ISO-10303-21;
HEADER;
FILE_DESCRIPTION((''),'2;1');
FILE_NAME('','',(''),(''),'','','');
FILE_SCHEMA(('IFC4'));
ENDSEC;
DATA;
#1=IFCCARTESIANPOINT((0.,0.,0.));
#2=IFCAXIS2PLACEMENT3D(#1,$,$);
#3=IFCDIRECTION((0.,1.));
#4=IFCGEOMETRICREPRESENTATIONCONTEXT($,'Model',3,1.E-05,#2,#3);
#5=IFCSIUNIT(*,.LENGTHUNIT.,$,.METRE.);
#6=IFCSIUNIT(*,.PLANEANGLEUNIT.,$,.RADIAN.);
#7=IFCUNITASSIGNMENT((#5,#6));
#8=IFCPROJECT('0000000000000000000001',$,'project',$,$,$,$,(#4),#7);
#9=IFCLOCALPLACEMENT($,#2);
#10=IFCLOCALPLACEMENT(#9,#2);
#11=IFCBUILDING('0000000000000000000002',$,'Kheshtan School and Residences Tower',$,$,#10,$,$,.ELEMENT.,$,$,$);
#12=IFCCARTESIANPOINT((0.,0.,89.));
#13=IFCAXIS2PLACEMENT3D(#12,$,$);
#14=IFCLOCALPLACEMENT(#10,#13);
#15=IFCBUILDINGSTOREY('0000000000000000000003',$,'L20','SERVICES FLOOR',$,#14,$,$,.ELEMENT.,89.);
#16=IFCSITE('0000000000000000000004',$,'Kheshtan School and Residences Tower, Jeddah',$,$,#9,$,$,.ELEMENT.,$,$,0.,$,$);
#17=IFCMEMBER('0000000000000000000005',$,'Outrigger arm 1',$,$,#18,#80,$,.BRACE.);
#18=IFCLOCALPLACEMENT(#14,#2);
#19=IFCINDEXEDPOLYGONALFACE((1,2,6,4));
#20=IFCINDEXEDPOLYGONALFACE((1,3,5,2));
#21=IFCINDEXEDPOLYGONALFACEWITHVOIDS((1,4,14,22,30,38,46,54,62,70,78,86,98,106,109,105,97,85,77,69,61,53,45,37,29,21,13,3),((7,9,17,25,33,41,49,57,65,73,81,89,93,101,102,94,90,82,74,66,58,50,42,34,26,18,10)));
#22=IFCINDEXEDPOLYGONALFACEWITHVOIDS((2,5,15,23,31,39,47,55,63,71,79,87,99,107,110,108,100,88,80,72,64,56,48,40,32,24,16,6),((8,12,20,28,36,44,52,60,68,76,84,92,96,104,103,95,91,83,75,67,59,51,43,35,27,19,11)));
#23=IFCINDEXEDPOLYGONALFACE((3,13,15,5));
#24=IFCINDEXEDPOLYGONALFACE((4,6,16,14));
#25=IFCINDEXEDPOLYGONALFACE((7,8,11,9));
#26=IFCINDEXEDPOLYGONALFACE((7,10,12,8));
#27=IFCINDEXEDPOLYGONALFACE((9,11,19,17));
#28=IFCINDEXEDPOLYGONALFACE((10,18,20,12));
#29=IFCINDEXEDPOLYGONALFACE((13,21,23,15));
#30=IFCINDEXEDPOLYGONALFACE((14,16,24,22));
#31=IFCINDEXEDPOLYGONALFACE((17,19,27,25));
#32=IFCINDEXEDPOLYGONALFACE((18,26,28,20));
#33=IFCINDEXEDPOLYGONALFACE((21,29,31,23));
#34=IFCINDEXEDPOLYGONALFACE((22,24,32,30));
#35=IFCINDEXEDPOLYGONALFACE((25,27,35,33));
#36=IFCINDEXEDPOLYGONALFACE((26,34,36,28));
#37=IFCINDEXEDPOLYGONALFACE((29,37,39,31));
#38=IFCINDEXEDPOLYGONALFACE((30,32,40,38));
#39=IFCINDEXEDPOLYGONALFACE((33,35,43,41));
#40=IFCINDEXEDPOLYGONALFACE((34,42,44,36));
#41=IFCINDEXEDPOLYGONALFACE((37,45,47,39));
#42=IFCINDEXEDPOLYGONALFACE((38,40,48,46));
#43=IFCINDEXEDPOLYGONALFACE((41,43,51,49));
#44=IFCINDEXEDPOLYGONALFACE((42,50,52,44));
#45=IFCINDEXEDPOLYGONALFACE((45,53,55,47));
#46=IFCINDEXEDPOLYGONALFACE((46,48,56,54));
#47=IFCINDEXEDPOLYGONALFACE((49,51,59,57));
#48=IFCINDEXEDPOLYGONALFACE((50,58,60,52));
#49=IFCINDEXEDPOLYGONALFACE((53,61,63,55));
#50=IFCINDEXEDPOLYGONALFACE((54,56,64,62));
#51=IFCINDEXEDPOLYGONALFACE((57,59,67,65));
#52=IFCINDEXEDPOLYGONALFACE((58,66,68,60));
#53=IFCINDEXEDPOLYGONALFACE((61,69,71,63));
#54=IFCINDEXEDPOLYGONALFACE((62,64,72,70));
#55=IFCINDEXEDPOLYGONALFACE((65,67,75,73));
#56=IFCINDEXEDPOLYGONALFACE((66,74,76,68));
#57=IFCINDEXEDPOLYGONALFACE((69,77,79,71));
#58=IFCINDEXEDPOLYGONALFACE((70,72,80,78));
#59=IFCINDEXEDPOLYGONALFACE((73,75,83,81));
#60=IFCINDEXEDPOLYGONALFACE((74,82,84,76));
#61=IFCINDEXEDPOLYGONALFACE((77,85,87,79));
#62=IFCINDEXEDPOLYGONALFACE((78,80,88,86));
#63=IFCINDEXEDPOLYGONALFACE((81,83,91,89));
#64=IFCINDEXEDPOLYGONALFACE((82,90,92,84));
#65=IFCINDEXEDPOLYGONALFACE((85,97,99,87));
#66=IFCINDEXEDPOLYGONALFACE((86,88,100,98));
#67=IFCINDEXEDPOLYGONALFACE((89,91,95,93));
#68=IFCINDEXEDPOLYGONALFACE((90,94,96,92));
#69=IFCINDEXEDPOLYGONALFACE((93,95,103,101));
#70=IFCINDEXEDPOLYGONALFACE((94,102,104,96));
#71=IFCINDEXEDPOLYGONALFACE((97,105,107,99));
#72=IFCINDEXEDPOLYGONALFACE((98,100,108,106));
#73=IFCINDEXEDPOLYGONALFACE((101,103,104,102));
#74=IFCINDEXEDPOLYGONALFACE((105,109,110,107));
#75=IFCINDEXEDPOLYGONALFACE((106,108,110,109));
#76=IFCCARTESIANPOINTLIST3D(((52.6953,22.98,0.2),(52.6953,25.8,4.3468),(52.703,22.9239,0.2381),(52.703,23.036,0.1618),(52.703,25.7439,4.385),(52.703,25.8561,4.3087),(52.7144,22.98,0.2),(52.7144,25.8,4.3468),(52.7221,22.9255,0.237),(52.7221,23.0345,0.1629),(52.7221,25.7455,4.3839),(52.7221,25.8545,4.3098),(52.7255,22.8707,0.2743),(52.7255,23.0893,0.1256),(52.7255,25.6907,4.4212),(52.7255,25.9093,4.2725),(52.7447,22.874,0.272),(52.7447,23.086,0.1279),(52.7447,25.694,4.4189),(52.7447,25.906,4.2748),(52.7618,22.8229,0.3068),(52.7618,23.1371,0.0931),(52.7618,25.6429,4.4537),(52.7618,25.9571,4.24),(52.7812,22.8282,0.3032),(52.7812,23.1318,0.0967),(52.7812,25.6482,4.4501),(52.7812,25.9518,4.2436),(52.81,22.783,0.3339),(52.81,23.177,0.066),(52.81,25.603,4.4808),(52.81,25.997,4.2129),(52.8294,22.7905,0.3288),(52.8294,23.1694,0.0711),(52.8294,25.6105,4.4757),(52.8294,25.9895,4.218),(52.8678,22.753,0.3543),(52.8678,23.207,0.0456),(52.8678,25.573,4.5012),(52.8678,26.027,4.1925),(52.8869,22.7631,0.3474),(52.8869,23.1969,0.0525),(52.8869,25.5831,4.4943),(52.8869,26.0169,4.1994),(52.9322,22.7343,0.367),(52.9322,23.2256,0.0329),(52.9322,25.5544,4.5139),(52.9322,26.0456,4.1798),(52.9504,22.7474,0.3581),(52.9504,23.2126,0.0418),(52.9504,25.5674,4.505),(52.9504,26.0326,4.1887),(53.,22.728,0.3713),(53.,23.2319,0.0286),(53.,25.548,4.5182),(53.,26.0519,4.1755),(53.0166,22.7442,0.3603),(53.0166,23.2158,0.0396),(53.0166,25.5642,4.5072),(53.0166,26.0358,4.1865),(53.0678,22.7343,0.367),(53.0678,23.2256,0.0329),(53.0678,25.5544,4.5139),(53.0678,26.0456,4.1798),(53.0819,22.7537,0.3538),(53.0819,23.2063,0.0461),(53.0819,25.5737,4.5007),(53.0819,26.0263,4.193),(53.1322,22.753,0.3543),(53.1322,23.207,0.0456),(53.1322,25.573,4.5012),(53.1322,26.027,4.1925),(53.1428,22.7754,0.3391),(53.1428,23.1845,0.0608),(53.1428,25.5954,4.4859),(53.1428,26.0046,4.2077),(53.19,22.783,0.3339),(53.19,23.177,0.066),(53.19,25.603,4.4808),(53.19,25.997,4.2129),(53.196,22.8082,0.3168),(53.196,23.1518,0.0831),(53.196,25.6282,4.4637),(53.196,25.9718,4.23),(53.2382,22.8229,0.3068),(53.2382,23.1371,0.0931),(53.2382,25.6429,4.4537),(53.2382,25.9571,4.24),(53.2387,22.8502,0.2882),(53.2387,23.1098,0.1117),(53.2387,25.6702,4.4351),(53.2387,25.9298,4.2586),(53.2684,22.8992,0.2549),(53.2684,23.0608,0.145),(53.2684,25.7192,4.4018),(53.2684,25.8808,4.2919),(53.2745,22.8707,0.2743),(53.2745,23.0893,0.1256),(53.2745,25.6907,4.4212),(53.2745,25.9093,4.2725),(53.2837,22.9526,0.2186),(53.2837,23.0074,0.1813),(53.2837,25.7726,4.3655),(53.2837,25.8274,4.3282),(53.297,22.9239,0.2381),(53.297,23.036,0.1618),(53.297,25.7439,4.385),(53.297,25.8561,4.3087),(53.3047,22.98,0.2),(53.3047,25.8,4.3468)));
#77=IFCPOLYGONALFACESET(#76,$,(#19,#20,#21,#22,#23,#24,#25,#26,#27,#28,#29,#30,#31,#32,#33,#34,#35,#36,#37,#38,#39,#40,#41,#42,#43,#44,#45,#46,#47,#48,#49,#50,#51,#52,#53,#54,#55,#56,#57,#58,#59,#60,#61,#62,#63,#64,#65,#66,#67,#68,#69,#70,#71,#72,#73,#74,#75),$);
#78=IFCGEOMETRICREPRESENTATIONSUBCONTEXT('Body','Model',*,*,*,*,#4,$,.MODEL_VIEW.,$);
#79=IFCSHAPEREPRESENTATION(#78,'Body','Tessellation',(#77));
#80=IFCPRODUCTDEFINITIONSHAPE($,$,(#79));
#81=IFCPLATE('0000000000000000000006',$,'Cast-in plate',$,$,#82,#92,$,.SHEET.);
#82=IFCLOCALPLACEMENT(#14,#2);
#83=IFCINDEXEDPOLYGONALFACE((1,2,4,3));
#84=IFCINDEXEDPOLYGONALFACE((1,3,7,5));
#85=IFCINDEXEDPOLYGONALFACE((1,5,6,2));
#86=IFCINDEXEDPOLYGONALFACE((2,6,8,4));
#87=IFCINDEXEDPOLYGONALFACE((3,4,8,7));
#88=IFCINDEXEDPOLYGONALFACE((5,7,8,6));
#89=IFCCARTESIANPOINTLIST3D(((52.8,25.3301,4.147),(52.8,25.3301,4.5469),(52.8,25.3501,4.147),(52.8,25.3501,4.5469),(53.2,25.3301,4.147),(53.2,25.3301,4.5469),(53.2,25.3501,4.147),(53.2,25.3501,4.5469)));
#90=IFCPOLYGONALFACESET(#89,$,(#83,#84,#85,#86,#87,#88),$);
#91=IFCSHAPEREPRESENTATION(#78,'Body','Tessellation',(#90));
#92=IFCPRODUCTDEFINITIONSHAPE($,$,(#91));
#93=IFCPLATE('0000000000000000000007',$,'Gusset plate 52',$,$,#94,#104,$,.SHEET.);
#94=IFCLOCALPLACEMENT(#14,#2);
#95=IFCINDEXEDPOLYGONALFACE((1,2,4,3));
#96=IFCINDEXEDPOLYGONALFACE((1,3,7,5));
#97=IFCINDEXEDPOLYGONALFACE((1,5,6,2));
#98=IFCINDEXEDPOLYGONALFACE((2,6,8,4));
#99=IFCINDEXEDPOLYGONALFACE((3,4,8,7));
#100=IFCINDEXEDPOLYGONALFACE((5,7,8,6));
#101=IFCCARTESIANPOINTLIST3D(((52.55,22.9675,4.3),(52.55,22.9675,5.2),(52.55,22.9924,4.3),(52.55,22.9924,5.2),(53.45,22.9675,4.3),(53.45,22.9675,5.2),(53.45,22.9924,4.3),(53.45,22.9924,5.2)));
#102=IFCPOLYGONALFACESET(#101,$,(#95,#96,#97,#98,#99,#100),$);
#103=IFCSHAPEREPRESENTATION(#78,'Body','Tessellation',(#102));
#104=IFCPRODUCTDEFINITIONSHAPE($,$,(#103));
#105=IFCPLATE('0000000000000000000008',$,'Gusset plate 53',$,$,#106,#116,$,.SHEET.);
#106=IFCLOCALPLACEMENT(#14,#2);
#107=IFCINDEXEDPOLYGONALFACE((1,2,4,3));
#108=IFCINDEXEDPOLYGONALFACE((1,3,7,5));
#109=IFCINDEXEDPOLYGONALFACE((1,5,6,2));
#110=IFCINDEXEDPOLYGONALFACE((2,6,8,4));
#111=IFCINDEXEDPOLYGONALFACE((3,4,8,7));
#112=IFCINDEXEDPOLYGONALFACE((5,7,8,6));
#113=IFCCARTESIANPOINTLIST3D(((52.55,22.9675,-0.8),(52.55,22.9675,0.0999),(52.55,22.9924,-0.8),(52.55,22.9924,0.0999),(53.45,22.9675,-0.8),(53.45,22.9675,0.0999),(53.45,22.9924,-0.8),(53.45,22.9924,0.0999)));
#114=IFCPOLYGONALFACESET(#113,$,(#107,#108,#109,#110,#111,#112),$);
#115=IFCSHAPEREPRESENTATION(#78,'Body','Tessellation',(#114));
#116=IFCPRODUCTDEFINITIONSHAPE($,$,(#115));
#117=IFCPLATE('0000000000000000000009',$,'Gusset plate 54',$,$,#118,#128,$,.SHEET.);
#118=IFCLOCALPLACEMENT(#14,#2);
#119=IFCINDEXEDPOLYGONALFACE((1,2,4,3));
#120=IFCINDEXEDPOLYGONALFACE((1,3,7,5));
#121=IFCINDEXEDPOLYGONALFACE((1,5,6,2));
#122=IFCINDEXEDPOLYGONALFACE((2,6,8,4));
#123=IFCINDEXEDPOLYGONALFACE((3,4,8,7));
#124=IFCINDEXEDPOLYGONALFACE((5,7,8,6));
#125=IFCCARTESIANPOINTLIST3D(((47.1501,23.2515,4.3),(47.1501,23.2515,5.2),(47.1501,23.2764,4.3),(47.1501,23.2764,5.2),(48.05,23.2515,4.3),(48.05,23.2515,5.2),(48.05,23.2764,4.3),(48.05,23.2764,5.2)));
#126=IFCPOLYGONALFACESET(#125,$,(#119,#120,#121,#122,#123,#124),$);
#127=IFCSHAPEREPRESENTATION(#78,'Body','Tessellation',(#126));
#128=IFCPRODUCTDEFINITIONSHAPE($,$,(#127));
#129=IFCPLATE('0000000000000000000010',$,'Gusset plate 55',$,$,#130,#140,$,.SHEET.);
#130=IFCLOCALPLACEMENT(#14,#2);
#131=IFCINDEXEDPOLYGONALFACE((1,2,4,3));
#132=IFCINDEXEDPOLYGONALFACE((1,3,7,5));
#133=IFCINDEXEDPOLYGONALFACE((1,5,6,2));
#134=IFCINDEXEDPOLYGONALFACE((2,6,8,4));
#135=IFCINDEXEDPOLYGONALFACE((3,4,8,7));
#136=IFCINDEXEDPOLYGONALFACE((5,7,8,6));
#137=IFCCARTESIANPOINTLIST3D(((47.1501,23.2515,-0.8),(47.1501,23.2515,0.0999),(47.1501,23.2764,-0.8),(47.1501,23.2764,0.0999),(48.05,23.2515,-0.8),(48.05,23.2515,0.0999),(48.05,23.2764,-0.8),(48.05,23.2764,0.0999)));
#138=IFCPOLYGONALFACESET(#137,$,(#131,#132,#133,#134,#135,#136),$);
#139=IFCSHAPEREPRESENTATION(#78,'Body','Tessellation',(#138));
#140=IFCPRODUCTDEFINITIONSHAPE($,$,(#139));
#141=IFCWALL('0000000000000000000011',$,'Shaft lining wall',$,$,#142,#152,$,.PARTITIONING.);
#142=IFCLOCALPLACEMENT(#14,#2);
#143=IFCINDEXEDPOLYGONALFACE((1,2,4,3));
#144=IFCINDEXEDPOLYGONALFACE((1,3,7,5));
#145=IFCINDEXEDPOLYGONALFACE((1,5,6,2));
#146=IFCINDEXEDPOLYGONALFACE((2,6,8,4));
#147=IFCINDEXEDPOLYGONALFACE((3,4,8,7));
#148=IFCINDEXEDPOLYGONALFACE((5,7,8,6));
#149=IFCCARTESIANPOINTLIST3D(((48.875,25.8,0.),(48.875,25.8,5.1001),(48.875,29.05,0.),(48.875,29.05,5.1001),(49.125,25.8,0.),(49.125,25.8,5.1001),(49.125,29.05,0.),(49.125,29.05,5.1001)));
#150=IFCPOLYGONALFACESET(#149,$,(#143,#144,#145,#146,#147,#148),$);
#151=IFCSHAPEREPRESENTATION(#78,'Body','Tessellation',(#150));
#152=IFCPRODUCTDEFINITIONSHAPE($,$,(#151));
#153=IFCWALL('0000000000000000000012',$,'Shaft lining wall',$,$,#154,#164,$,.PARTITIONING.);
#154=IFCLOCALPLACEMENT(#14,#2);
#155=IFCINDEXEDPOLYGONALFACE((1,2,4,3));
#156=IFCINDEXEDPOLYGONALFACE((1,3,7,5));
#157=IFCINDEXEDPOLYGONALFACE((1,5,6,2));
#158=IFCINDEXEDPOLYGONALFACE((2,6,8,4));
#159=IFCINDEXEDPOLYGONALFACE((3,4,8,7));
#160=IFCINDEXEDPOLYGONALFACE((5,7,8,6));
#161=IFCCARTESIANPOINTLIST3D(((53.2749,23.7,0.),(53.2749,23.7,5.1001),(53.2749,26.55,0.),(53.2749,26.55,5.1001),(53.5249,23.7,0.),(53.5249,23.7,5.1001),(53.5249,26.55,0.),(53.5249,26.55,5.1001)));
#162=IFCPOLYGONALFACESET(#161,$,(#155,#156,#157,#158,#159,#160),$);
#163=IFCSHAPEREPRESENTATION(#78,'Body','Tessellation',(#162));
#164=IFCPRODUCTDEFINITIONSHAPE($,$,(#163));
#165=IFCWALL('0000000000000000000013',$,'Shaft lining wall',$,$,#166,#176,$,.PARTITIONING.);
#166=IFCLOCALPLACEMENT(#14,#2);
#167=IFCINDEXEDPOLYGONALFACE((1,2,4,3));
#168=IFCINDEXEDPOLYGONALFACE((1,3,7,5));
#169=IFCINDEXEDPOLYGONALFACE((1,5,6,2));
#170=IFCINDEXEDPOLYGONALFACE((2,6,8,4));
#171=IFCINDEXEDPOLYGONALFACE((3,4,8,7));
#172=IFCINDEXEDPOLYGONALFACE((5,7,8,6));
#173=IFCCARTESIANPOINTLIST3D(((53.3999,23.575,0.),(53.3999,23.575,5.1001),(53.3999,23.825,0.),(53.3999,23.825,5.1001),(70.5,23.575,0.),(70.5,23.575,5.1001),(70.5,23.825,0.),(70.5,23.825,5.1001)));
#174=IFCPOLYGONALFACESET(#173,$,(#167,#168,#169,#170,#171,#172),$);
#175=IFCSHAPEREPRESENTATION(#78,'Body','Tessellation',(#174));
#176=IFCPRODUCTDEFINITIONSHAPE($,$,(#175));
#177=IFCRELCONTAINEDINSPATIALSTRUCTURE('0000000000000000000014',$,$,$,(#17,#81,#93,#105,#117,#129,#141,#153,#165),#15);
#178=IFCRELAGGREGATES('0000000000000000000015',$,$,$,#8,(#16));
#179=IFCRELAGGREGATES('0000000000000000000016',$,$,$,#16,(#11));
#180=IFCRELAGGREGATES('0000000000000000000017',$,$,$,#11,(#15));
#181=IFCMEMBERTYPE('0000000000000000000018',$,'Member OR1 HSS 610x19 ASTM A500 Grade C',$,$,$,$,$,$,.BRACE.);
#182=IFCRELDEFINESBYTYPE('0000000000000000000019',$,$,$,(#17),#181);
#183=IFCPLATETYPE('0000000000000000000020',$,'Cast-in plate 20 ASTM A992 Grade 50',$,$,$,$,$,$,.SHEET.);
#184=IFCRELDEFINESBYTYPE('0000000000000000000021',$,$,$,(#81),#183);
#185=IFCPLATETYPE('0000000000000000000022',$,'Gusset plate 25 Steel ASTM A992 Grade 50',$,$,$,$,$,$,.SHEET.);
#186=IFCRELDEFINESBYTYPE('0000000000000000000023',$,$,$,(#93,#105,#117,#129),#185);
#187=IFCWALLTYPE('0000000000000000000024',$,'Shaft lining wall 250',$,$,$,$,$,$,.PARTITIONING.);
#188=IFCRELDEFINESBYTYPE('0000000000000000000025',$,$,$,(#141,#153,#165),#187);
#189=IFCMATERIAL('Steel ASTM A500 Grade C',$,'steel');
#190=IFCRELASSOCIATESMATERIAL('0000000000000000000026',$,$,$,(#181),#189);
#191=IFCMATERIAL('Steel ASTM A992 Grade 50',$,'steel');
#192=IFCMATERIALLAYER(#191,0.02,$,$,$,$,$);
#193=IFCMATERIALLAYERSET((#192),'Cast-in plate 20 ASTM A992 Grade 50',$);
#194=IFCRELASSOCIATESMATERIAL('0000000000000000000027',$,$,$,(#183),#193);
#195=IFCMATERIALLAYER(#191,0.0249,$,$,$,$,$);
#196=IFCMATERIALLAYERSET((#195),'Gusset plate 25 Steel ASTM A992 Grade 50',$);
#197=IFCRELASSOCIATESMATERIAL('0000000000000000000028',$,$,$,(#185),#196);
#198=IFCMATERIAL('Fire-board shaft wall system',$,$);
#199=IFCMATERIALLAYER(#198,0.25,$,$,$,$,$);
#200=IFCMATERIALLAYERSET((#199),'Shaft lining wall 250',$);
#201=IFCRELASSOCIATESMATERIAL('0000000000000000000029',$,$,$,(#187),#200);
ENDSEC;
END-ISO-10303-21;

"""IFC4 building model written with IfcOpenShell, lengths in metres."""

from ifc_helpers import new_model, si_unit, direction, frame, frame_2d, origin, origin_2d, place, context, subcontext, project, spatial, rectangle, hollow_circle, extrude, material, layer, layer_set, material_profile, profile_set, type_object, element, save


model = new_model("IFC4")

# Units and contexts
model_context = context("Model", 3, precision=1e-05, world=origin(), true_north=direction((0.0, 1.0)))
body_context = subcontext(model_context, "Body", "Model", "MODEL_VIEW")
ifc_project = project(units=[si_unit("LENGTHUNIT", "METRE"), si_unit("PLANEANGLEUNIT", "RADIAN")], contexts=[model_context])

# Site, building, storey
site_placement = place(None, origin())
site = spatial("IfcSite", under=ifc_project, at=site_placement, Name="Kheshtan School and Residences Tower, Jeddah", CompositionType="ELEMENT", RefElevation=0.0)
building_placement = place(site_placement, origin())
building = spatial("IfcBuilding", under=site, at=building_placement, Name="Kheshtan School and Residences Tower", CompositionType="ELEMENT")
storey_placement = place(building_placement, frame((0.0, 0.0, 89.0)))
storey = spatial("IfcBuildingStorey", under=building, at=storey_placement, Name="L20", Description="SERVICES FLOOR", CompositionType="ELEMENT", Elevation=89.0)

# Shared definitions
ifc_material_1 = material(Name="Steel ASTM A992 Grade 50", Category="steel")

# Member
ifc_material_2 = material(Name="Steel ASTM A500 Grade C", Category="steel")
ifc_material_profile_1 = material_profile(ifc_material_2, hollow_circle(Radius=0.3047, WallThickness=0.019, at=origin_2d()), Name="HSS 610x19")
ifc_profile_set_1 = profile_set([ifc_material_profile_1], Name="Steel ASTM A500 Grade C")
member_type_1 = type_object("IfcMemberType", Name="Member OR1 HSS 610x19 ASTM A500 Grade C", PredefinedType="BRACE", material=ifc_profile_set_1)
member_placement = place(storey_placement, frame((53.0, 22.98, 0.2), z_axis=(0.0, 0.562327, 0.826915), x_axis=(-1.0, 0.0, 0.0)))
element("IfcMember", 1, at=member_placement, inside=storey, type_object=member_type_1, Name="Outrigger arm 1", PredefinedType="BRACE", context=body_context, shape_type="SweptSolid", body=[
    extrude(hollow_circle(Radius=0.3047, WallThickness=0.019, at=origin_2d()), origin(), (0.0, 0.0, 1.0), 5.0149),
])

# Plates
ifc_layer_1 = layer(ifc_material_1, 0.02)
ifc_layer_set_1 = layer_set([ifc_layer_1], Name="Cast-in plate 20 ASTM A992 Grade 50")
plate_type_1 = type_object("IfcPlateType", Name="Cast-in plate 20 ASTM A992 Grade 50", PredefinedType="SHEET", material=ifc_layer_set_1)
plate_placement = place(storey_placement, frame((53.0, 25.3401, 4.147), z_axis=(0.0, 0.0, 1.0), x_axis=(1.0, 0.0, 0.0)))
element("IfcPlate", 2, at=plate_placement, inside=storey, type_object=plate_type_1, Name="Cast-in plate", PredefinedType="SHEET", context=body_context, shape_type="SweptSolid", body=[
    extrude(rectangle(XDim=0.3999, YDim=0.02, at=origin_2d()), origin(), (0.0, 0.0, 1.0), 0.3999),
])
ifc_layer_2 = layer(ifc_material_1, 0.0249)
ifc_layer_set_2 = layer_set([ifc_layer_2], Name="Gusset plate 25 Steel ASTM A992 Grade 50")
plate_type_2 = type_object("IfcPlateType", Name="Gusset plate 25 Steel ASTM A992 Grade 50", PredefinedType="SHEET", material=ifc_layer_set_2)
for number, where, z_axis, x_axis, name in (
    (3, (53.0, 22.98, 4.3), (0.0, 0.0, 1.0), (1.0, 0.0, 0.0), "Gusset plate 52"),
    (4, (53.0, 22.98, -0.8), (0.0, 0.0, 1.0), (1.0, 0.0, 0.0), "Gusset plate 53"),
    (5, (47.6001, 23.2639, 4.3), (0.0, 0.0, 1.0), (1.0, 0.0, 0.0), "Gusset plate 54"),
    (6, (47.6001, 23.2639, -0.8), (0.0, 0.0, 1.0), (1.0, 0.0, 0.0), "Gusset plate 55"),
):
    element("IfcPlate", number, at=place(storey_placement, frame(where, z_axis=z_axis, x_axis=x_axis)), inside=storey, type_object=plate_type_2, Name=name, PredefinedType="SHEET", context=body_context, shape_type="SweptSolid", body=[
        extrude(rectangle(XDim=0.8999, YDim=0.0249, at=origin_2d()), origin(), (0.0, 0.0, 1.0), 0.8999),
    ])

# Walls
ifc_material_3 = material(Name="Fire-board shaft wall system")
ifc_layer_3 = layer(ifc_material_3, 0.25)
ifc_layer_set_3 = layer_set([ifc_layer_3], Name="Shaft lining wall 250")
wall_type = type_object("IfcWallType", Name="Shaft lining wall 250", PredefinedType="PARTITIONING", material=ifc_layer_set_3)
wall_1_placement = place(storey_placement, frame((49.0, 25.8, 0.0), z_axis=(0.0, 0.0, 1.0), x_axis=(0.0, 1.0, 0.0)))
element("IfcWall", 7, at=wall_1_placement, inside=storey, type_object=wall_type, Name="Shaft lining wall", PredefinedType="PARTITIONING", context=body_context, shape_type="SweptSolid", body=[
    extrude(rectangle(XDim=3.25, YDim=0.25, at=frame_2d((1.625, 0.0))), origin(), (0.0, 0.0, 1.0), 5.1001),
])
wall_2_placement = place(storey_placement, frame((53.3999, 23.7, 0.0), z_axis=(0.0, 0.0, 1.0), x_axis=(0.0, 1.0, 0.0)))
element("IfcWall", 8, at=wall_2_placement, inside=storey, type_object=wall_type, Name="Shaft lining wall", PredefinedType="PARTITIONING", context=body_context, shape_type="SweptSolid", body=[
    extrude(rectangle(XDim=2.8501, YDim=0.25, at=frame_2d((1.425, 0.0))), origin(), (0.0, 0.0, 1.0), 5.1001),
])
wall_3_placement = place(storey_placement, frame((53.3999, 23.7, 0.0), z_axis=(0.0, 0.0, 1.0), x_axis=(1.0, 0.0, 0.0)))
element("IfcWall", 9, at=wall_3_placement, inside=storey, type_object=wall_type, Name="Shaft lining wall", PredefinedType="PARTITIONING", context=body_context, shape_type="SweptSolid", body=[
    extrude(rectangle(XDim=17.1001, YDim=0.25, at=frame_2d((8.55, 0.0))), origin(), (0.0, 0.0, 1.0), 5.1001),
])

save(model, "model.ifc")
